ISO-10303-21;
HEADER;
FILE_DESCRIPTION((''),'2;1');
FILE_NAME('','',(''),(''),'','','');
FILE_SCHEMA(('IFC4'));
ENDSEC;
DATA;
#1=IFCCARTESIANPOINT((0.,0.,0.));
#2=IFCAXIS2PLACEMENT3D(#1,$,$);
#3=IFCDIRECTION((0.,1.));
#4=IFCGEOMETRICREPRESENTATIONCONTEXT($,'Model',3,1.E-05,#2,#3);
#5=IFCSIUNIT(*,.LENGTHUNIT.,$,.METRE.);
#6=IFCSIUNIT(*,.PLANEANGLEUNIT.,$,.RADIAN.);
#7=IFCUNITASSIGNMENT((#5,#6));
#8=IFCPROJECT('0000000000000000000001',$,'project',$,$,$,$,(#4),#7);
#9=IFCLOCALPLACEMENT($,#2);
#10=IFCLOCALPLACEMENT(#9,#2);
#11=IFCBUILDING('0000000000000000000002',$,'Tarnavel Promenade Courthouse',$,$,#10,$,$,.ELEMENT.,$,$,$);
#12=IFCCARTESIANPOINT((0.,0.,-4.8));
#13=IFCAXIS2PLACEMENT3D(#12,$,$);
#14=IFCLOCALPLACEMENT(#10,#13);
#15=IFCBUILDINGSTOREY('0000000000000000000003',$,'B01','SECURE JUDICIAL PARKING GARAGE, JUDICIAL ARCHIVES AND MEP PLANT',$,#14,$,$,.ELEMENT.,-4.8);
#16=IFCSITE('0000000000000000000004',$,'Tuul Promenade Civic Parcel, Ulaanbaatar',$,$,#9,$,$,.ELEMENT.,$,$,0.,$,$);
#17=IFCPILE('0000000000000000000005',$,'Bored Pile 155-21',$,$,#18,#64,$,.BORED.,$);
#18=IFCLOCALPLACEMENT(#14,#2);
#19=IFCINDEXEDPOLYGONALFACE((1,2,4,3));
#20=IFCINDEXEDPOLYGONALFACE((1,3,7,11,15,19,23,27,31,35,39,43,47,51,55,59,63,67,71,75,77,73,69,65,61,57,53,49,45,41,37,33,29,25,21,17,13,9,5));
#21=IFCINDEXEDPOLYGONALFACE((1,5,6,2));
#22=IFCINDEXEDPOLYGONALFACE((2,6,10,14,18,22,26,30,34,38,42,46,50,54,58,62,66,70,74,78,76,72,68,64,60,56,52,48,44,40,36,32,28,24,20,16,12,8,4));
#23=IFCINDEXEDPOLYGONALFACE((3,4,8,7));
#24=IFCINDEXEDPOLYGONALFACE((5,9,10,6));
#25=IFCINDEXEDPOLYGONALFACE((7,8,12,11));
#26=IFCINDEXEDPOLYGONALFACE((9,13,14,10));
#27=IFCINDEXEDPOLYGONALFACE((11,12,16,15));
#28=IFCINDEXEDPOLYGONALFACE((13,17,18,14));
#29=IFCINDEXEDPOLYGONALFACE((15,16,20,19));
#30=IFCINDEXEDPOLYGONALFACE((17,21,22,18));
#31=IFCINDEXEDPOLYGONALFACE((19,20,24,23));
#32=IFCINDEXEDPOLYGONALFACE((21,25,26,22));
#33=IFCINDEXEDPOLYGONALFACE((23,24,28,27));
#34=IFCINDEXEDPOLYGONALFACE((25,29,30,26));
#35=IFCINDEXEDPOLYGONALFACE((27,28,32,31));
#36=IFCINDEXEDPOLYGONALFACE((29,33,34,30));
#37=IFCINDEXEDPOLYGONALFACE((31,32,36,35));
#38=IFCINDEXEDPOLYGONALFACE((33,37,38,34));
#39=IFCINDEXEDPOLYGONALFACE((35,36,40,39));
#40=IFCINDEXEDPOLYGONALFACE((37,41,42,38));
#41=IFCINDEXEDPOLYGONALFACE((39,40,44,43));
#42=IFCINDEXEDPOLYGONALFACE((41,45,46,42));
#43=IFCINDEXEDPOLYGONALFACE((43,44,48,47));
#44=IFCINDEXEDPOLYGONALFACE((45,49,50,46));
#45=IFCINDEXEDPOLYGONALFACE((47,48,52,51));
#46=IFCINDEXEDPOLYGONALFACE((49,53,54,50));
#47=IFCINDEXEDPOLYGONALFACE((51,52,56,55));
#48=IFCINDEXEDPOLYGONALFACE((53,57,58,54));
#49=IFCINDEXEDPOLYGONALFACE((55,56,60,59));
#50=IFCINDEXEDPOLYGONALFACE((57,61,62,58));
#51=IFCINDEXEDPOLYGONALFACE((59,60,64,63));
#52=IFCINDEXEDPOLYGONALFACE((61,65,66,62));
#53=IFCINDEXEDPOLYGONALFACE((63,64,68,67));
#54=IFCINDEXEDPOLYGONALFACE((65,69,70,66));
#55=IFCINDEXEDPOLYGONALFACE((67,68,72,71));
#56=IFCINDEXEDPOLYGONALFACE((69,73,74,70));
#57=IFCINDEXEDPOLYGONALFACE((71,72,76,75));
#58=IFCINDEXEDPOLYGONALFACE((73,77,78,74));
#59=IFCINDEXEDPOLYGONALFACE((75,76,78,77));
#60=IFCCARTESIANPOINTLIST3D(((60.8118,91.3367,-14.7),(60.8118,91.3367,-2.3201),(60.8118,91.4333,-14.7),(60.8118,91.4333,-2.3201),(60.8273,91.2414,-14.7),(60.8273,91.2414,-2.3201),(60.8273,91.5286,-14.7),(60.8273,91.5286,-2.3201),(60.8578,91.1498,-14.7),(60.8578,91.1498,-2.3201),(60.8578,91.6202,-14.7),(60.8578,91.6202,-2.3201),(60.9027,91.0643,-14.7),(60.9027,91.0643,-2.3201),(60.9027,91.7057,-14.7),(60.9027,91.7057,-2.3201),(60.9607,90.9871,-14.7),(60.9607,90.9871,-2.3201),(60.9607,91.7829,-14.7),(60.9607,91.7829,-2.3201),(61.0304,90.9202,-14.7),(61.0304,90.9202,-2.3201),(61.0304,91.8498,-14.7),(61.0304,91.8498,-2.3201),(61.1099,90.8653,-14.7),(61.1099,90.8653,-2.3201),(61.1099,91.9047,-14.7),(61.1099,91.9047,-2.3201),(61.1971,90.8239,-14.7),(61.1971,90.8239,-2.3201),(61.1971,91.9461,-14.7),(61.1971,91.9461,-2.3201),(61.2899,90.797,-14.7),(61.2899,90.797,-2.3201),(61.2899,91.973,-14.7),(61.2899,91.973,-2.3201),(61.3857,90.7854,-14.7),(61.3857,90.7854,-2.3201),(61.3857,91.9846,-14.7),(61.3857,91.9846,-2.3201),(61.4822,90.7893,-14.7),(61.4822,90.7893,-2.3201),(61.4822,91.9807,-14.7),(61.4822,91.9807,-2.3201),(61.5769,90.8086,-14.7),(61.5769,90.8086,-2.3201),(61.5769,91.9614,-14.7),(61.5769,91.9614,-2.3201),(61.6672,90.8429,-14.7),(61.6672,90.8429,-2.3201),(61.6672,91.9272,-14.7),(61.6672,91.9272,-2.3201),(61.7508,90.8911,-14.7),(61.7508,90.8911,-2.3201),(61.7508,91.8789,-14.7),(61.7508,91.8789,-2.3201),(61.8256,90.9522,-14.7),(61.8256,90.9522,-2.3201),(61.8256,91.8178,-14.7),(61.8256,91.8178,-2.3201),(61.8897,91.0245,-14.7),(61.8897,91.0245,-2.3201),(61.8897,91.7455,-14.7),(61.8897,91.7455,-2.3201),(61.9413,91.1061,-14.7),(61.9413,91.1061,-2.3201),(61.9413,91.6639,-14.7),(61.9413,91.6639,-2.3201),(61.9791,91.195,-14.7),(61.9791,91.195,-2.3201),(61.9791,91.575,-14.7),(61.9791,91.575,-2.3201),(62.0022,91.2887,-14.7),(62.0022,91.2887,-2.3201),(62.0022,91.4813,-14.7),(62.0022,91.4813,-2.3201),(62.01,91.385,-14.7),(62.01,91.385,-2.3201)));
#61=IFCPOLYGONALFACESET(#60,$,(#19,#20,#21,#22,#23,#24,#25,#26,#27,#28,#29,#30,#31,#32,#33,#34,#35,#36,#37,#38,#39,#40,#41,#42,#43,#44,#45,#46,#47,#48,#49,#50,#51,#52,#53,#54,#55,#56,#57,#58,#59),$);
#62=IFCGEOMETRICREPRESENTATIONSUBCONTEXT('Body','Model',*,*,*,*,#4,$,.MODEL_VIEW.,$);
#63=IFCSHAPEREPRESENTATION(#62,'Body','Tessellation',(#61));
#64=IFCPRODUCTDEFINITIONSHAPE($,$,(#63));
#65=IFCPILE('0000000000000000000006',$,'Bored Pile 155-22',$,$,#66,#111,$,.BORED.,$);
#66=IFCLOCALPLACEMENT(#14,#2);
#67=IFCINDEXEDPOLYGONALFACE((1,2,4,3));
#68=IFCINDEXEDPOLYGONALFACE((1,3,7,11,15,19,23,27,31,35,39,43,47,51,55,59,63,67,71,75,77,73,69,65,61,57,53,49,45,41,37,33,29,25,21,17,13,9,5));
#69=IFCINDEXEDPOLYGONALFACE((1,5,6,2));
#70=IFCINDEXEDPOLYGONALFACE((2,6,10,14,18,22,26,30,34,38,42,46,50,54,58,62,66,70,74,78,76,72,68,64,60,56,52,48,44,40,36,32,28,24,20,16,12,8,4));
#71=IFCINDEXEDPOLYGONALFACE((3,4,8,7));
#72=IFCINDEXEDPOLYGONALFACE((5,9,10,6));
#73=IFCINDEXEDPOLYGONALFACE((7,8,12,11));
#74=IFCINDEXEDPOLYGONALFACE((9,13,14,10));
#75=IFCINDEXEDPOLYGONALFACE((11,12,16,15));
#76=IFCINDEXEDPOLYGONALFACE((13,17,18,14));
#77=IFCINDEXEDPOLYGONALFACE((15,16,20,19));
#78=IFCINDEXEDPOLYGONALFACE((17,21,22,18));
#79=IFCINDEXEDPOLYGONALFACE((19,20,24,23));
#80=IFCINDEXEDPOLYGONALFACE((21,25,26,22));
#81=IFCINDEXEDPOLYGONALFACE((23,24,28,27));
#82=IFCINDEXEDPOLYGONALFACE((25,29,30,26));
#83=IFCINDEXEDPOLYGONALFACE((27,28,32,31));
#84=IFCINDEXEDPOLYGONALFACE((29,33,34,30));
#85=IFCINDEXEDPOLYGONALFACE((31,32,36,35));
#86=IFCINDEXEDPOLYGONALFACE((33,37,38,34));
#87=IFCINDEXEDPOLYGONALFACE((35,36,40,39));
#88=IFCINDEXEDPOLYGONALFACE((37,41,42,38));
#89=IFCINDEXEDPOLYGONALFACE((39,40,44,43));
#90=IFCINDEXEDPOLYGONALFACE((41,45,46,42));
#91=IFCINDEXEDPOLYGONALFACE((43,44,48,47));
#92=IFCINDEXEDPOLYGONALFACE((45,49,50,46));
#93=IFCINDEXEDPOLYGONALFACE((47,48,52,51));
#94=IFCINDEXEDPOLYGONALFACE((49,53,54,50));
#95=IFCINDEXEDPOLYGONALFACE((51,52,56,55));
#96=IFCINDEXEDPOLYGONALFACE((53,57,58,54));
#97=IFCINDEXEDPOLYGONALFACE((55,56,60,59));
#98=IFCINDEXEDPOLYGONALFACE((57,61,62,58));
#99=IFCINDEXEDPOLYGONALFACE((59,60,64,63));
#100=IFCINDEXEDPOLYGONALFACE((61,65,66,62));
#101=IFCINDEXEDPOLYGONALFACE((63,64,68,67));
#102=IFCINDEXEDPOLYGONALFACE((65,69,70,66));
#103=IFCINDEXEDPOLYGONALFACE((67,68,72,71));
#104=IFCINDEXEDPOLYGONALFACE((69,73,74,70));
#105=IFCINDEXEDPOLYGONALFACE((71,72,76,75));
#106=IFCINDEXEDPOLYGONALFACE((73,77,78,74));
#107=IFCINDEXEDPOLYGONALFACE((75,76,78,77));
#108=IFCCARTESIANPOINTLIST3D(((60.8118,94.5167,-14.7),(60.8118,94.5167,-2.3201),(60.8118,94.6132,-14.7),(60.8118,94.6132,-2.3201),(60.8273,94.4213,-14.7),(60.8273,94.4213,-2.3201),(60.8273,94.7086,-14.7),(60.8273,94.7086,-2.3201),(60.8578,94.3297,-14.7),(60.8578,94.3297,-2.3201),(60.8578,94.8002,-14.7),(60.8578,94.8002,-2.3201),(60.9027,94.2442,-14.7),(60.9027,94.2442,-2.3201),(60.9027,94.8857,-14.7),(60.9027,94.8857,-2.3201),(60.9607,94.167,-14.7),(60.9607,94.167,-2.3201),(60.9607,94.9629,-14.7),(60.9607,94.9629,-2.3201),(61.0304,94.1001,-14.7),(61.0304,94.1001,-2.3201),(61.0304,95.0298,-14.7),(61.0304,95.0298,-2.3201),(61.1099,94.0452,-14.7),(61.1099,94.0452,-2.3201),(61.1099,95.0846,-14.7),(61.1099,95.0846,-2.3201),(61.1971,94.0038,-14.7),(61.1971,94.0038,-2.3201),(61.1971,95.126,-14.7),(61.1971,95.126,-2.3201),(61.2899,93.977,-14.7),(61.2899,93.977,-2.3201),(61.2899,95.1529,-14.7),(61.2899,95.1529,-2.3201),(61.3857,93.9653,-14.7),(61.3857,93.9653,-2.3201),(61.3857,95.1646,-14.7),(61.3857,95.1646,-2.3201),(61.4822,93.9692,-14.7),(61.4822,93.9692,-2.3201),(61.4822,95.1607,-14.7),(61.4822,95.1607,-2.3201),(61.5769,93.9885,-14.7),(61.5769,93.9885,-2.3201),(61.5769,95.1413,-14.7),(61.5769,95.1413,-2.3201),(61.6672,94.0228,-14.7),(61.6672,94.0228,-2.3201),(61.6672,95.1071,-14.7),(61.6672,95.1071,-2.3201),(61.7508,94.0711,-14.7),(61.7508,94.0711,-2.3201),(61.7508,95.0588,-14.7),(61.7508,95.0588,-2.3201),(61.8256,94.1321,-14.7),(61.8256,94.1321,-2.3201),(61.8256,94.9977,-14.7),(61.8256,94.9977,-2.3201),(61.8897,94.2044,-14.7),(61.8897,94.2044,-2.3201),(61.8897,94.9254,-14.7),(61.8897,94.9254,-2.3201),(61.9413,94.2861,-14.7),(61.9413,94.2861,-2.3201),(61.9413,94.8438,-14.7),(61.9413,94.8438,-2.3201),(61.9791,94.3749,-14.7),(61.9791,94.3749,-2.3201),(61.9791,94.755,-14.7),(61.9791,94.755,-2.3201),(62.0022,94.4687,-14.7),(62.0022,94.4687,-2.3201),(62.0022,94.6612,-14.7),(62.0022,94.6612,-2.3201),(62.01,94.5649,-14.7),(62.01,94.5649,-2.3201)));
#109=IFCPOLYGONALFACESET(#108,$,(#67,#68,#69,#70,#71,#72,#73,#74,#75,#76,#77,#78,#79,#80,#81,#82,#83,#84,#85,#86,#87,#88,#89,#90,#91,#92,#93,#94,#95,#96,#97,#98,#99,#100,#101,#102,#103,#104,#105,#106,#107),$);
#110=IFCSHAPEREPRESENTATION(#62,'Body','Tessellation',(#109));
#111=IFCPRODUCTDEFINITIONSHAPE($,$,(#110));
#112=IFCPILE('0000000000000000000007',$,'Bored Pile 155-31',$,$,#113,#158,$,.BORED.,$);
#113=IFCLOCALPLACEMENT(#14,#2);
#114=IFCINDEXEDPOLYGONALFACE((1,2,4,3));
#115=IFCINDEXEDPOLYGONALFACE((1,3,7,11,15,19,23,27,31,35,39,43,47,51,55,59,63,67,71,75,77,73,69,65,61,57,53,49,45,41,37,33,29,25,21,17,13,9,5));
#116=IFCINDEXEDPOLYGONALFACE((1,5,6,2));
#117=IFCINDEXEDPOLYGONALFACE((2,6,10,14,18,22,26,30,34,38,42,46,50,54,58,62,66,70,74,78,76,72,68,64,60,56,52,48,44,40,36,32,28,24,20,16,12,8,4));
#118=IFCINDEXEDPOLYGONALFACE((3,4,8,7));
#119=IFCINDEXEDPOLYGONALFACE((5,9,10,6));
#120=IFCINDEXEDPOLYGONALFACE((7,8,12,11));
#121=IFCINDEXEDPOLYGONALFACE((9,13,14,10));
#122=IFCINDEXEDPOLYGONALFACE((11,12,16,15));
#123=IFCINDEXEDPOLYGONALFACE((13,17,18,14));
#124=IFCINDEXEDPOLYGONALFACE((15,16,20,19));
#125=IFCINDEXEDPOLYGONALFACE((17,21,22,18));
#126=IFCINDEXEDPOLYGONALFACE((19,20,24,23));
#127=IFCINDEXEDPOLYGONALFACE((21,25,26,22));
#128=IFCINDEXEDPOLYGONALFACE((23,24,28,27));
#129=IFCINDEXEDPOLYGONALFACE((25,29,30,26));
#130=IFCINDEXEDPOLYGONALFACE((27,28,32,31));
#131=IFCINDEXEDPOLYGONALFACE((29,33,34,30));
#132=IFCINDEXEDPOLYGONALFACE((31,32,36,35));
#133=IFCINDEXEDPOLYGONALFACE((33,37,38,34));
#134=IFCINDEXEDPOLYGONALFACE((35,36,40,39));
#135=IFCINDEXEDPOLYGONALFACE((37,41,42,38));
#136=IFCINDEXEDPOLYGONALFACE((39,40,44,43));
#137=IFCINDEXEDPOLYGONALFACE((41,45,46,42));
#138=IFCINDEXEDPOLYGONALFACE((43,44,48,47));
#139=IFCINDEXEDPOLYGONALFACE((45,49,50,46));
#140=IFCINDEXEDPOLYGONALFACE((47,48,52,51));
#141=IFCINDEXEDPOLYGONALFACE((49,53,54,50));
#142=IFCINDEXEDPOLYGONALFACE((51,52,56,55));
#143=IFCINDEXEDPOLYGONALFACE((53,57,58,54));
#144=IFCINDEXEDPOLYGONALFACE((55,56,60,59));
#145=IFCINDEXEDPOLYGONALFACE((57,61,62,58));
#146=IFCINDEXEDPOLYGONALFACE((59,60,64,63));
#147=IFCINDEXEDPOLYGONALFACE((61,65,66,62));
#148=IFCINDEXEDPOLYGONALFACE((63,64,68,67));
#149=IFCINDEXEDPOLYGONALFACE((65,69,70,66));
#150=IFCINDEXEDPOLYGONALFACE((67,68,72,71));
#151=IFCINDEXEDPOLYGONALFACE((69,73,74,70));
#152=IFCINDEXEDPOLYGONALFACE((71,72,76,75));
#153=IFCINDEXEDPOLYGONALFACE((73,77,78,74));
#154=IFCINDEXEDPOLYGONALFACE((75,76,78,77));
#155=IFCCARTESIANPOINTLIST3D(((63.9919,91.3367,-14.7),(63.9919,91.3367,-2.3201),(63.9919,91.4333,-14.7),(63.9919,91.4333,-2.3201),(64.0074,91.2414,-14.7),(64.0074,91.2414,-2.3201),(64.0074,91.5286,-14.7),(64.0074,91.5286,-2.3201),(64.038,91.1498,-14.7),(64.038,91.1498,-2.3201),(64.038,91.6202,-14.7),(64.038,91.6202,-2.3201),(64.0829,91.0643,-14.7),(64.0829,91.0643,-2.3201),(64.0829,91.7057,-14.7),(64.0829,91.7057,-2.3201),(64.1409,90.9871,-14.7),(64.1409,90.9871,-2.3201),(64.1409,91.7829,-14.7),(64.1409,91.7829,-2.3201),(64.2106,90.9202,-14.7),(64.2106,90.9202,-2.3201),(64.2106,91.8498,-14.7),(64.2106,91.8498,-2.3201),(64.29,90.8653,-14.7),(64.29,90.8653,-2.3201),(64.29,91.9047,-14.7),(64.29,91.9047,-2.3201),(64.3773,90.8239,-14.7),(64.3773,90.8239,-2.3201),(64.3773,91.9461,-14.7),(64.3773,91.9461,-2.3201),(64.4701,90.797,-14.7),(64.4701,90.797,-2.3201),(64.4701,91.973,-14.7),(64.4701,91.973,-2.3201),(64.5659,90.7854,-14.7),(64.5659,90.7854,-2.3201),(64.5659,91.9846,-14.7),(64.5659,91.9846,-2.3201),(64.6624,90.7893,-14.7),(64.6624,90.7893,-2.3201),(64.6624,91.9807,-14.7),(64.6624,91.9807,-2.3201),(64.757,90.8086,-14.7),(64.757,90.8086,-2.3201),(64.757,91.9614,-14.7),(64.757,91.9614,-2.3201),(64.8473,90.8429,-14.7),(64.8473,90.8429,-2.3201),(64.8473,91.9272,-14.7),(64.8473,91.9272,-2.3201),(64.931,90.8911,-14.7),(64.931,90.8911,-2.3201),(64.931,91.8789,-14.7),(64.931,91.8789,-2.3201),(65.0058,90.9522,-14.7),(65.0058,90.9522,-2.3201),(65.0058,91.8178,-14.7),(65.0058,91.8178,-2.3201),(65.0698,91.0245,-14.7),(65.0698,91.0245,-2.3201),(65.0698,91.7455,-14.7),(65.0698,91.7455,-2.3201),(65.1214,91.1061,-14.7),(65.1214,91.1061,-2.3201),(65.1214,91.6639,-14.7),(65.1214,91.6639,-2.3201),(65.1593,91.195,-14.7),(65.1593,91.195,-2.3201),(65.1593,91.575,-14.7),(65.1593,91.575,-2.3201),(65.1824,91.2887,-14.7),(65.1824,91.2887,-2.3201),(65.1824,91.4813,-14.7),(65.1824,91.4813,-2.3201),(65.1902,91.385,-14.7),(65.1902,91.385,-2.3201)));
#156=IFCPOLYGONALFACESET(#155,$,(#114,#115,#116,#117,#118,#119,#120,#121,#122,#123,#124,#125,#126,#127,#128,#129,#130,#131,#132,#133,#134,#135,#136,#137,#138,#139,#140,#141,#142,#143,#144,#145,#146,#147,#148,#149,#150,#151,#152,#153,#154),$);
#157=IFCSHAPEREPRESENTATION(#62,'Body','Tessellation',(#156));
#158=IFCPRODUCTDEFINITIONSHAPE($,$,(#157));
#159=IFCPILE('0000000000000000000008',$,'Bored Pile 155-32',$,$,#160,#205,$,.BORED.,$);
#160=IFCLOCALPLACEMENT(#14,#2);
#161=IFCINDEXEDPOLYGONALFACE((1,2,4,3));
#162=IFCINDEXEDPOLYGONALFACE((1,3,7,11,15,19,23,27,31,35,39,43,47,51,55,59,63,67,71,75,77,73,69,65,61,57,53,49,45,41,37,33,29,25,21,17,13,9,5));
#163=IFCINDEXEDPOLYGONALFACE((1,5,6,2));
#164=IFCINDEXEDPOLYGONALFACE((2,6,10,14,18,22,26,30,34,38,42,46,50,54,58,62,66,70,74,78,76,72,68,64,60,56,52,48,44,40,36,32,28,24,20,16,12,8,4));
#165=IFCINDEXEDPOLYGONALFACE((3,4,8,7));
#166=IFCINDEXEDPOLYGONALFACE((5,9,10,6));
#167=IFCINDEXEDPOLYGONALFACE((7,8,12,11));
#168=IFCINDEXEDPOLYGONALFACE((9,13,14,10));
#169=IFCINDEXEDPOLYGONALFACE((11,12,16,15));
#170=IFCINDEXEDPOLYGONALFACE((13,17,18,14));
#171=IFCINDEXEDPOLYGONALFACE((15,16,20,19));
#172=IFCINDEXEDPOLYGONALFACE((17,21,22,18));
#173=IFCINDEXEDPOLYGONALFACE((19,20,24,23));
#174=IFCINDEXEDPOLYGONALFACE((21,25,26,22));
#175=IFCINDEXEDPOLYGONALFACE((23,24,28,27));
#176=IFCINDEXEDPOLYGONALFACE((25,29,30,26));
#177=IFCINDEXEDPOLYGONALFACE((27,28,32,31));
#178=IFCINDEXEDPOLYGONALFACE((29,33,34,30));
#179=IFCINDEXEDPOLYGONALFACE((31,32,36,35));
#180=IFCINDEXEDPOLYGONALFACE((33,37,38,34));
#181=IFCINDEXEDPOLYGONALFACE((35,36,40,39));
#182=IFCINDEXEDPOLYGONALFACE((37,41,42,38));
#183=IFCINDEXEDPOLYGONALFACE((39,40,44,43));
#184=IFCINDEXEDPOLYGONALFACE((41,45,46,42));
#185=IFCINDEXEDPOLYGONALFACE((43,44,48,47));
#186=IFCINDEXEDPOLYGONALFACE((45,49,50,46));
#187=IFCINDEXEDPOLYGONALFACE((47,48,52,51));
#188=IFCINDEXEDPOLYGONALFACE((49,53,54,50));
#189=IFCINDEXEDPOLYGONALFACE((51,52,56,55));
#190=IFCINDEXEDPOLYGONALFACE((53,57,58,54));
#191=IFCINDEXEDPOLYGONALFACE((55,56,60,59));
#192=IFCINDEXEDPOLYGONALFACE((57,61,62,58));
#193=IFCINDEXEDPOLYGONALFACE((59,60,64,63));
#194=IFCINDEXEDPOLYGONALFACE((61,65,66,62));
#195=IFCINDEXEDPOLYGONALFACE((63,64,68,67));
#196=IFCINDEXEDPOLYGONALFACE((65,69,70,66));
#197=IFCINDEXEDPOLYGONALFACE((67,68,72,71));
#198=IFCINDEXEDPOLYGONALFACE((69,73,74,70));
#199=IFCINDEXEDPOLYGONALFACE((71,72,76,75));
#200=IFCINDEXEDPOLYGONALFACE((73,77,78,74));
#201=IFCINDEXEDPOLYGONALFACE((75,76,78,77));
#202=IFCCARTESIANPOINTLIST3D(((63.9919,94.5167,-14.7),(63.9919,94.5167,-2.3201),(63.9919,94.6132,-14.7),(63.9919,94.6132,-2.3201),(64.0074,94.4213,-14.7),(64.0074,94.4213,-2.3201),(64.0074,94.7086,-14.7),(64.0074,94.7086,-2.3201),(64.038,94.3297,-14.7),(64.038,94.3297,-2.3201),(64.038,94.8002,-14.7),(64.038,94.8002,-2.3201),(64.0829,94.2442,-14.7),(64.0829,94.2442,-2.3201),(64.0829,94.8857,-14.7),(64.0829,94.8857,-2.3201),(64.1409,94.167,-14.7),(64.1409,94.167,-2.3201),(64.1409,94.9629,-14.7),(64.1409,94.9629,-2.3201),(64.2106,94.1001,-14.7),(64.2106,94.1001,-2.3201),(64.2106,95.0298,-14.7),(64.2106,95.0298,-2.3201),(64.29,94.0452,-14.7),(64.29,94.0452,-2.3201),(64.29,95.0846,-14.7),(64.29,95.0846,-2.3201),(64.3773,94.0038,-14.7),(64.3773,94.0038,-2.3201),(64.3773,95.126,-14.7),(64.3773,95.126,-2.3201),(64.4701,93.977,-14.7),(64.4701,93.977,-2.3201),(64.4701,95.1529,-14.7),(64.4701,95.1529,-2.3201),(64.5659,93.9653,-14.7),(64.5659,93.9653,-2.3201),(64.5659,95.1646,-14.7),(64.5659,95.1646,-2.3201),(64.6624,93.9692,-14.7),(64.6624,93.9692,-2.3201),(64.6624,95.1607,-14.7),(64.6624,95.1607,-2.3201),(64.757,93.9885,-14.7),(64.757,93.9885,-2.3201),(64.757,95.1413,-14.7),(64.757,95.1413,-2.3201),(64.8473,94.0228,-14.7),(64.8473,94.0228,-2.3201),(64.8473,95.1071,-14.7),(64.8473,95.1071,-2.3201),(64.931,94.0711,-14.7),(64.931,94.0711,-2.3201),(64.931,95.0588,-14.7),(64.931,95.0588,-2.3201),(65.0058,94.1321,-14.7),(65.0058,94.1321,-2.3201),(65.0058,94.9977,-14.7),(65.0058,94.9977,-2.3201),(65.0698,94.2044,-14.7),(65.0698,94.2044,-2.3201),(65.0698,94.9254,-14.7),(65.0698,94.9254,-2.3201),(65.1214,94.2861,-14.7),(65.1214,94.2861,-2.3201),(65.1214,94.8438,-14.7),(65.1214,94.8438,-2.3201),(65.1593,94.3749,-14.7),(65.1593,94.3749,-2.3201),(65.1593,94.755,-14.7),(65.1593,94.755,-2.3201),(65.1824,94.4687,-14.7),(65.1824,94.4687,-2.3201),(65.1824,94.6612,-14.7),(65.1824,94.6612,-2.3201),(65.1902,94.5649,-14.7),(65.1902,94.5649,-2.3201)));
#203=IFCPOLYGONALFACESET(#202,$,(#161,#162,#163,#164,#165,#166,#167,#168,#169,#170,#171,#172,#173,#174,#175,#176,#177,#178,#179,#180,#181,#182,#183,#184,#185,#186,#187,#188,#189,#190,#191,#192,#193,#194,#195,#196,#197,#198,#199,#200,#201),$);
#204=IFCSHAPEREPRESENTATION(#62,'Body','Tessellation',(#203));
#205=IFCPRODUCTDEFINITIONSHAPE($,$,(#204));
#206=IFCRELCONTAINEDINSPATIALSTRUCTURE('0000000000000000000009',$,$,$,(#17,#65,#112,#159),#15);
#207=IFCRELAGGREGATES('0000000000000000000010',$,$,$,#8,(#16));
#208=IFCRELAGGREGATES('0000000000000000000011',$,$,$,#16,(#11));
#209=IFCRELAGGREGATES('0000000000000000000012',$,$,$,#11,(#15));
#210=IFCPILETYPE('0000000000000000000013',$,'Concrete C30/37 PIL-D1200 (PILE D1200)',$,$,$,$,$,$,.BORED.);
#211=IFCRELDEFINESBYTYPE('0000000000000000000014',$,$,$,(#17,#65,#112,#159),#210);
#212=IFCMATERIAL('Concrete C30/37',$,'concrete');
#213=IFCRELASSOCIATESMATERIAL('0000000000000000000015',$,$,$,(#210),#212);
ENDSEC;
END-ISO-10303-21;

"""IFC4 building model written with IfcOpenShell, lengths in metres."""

from ifc_helpers import new_model, si_unit, direction, frame, origin, origin_2d, place, context, subcontext, project, spatial, circle, extrude, material, material_profile, profile_set, type_object, element, save


model = new_model("IFC4")

# Units and contexts
model_context = context("Model", 3, precision=1e-05, world=origin(), true_north=direction((0.0, 1.0)))
body_context = subcontext(model_context, "Body", "Model", "MODEL_VIEW")
ifc_project = project(units=[si_unit("LENGTHUNIT", "METRE"), si_unit("PLANEANGLEUNIT", "RADIAN")], contexts=[model_context])

# Site, building, storey
site_placement = place(None, origin())
site = spatial("IfcSite", under=ifc_project, at=site_placement, Name="Tuul Promenade Civic Parcel, Ulaanbaatar", CompositionType="ELEMENT", RefElevation=0.0)
building_placement = place(site_placement, origin())
building = spatial("IfcBuilding", under=site, at=building_placement, Name="Tarnavel Promenade Courthouse", CompositionType="ELEMENT")
storey_placement = place(building_placement, frame((0.0, 0.0, -4.8)))
storey = spatial("IfcBuildingStorey", under=building, at=storey_placement, Name="B01", Description="SECURE JUDICIAL PARKING GARAGE, JUDICIAL ARCHIVES AND MEP PLANT", CompositionType="ELEMENT", Elevation=-4.8)

# Piles
ifc_material_1 = material(Name="Concrete C30/37", Category="concrete")
ifc_material_profile_1 = material_profile(ifc_material_1, circle(Radius=0.6001, at=origin_2d()), Name="PILE D1200")
ifc_profile_set_1 = profile_set([ifc_material_profile_1], Name="Concrete C30/37")
pile_type = type_object("IfcPileType", Name="Concrete C30/37 PIL-D1200 (PILE D1200)", PredefinedType="BORED", material=ifc_profile_set_1)
for number, where, z_axis, x_axis, name in (
    (1, (61.4099, 91.385, -2.3201), (0.0, 0.0, -1.0), (1.0, 0.0, 0.0), "Bored Pile 155-21"),
    (2, (61.4099, 94.5649, -2.3201), (0.0, 0.0, -1.0), (1.0, 0.0, 0.0), "Bored Pile 155-22"),
    (3, (64.5901, 91.385, -2.3201), (0.0, 0.0, -1.0), (1.0, 0.0, 0.0), "Bored Pile 155-31"),
    (4, (64.5901, 94.5649, -2.3201), (0.0, 0.0, -1.0), (1.0, 0.0, 0.0), "Bored Pile 155-32"),
):
    element("IfcPile", number, at=place(storey_placement, frame(where, z_axis=z_axis, x_axis=x_axis)), inside=storey, type_object=pile_type, Name=name, PredefinedType="BORED", context=body_context, shape_type="SweptSolid", body=[
        extrude(circle(Radius=0.6001, at=origin_2d()), origin(), (0.0, 0.0, 1.0), 12.3799),
    ])

save(model, "model.ifc")
